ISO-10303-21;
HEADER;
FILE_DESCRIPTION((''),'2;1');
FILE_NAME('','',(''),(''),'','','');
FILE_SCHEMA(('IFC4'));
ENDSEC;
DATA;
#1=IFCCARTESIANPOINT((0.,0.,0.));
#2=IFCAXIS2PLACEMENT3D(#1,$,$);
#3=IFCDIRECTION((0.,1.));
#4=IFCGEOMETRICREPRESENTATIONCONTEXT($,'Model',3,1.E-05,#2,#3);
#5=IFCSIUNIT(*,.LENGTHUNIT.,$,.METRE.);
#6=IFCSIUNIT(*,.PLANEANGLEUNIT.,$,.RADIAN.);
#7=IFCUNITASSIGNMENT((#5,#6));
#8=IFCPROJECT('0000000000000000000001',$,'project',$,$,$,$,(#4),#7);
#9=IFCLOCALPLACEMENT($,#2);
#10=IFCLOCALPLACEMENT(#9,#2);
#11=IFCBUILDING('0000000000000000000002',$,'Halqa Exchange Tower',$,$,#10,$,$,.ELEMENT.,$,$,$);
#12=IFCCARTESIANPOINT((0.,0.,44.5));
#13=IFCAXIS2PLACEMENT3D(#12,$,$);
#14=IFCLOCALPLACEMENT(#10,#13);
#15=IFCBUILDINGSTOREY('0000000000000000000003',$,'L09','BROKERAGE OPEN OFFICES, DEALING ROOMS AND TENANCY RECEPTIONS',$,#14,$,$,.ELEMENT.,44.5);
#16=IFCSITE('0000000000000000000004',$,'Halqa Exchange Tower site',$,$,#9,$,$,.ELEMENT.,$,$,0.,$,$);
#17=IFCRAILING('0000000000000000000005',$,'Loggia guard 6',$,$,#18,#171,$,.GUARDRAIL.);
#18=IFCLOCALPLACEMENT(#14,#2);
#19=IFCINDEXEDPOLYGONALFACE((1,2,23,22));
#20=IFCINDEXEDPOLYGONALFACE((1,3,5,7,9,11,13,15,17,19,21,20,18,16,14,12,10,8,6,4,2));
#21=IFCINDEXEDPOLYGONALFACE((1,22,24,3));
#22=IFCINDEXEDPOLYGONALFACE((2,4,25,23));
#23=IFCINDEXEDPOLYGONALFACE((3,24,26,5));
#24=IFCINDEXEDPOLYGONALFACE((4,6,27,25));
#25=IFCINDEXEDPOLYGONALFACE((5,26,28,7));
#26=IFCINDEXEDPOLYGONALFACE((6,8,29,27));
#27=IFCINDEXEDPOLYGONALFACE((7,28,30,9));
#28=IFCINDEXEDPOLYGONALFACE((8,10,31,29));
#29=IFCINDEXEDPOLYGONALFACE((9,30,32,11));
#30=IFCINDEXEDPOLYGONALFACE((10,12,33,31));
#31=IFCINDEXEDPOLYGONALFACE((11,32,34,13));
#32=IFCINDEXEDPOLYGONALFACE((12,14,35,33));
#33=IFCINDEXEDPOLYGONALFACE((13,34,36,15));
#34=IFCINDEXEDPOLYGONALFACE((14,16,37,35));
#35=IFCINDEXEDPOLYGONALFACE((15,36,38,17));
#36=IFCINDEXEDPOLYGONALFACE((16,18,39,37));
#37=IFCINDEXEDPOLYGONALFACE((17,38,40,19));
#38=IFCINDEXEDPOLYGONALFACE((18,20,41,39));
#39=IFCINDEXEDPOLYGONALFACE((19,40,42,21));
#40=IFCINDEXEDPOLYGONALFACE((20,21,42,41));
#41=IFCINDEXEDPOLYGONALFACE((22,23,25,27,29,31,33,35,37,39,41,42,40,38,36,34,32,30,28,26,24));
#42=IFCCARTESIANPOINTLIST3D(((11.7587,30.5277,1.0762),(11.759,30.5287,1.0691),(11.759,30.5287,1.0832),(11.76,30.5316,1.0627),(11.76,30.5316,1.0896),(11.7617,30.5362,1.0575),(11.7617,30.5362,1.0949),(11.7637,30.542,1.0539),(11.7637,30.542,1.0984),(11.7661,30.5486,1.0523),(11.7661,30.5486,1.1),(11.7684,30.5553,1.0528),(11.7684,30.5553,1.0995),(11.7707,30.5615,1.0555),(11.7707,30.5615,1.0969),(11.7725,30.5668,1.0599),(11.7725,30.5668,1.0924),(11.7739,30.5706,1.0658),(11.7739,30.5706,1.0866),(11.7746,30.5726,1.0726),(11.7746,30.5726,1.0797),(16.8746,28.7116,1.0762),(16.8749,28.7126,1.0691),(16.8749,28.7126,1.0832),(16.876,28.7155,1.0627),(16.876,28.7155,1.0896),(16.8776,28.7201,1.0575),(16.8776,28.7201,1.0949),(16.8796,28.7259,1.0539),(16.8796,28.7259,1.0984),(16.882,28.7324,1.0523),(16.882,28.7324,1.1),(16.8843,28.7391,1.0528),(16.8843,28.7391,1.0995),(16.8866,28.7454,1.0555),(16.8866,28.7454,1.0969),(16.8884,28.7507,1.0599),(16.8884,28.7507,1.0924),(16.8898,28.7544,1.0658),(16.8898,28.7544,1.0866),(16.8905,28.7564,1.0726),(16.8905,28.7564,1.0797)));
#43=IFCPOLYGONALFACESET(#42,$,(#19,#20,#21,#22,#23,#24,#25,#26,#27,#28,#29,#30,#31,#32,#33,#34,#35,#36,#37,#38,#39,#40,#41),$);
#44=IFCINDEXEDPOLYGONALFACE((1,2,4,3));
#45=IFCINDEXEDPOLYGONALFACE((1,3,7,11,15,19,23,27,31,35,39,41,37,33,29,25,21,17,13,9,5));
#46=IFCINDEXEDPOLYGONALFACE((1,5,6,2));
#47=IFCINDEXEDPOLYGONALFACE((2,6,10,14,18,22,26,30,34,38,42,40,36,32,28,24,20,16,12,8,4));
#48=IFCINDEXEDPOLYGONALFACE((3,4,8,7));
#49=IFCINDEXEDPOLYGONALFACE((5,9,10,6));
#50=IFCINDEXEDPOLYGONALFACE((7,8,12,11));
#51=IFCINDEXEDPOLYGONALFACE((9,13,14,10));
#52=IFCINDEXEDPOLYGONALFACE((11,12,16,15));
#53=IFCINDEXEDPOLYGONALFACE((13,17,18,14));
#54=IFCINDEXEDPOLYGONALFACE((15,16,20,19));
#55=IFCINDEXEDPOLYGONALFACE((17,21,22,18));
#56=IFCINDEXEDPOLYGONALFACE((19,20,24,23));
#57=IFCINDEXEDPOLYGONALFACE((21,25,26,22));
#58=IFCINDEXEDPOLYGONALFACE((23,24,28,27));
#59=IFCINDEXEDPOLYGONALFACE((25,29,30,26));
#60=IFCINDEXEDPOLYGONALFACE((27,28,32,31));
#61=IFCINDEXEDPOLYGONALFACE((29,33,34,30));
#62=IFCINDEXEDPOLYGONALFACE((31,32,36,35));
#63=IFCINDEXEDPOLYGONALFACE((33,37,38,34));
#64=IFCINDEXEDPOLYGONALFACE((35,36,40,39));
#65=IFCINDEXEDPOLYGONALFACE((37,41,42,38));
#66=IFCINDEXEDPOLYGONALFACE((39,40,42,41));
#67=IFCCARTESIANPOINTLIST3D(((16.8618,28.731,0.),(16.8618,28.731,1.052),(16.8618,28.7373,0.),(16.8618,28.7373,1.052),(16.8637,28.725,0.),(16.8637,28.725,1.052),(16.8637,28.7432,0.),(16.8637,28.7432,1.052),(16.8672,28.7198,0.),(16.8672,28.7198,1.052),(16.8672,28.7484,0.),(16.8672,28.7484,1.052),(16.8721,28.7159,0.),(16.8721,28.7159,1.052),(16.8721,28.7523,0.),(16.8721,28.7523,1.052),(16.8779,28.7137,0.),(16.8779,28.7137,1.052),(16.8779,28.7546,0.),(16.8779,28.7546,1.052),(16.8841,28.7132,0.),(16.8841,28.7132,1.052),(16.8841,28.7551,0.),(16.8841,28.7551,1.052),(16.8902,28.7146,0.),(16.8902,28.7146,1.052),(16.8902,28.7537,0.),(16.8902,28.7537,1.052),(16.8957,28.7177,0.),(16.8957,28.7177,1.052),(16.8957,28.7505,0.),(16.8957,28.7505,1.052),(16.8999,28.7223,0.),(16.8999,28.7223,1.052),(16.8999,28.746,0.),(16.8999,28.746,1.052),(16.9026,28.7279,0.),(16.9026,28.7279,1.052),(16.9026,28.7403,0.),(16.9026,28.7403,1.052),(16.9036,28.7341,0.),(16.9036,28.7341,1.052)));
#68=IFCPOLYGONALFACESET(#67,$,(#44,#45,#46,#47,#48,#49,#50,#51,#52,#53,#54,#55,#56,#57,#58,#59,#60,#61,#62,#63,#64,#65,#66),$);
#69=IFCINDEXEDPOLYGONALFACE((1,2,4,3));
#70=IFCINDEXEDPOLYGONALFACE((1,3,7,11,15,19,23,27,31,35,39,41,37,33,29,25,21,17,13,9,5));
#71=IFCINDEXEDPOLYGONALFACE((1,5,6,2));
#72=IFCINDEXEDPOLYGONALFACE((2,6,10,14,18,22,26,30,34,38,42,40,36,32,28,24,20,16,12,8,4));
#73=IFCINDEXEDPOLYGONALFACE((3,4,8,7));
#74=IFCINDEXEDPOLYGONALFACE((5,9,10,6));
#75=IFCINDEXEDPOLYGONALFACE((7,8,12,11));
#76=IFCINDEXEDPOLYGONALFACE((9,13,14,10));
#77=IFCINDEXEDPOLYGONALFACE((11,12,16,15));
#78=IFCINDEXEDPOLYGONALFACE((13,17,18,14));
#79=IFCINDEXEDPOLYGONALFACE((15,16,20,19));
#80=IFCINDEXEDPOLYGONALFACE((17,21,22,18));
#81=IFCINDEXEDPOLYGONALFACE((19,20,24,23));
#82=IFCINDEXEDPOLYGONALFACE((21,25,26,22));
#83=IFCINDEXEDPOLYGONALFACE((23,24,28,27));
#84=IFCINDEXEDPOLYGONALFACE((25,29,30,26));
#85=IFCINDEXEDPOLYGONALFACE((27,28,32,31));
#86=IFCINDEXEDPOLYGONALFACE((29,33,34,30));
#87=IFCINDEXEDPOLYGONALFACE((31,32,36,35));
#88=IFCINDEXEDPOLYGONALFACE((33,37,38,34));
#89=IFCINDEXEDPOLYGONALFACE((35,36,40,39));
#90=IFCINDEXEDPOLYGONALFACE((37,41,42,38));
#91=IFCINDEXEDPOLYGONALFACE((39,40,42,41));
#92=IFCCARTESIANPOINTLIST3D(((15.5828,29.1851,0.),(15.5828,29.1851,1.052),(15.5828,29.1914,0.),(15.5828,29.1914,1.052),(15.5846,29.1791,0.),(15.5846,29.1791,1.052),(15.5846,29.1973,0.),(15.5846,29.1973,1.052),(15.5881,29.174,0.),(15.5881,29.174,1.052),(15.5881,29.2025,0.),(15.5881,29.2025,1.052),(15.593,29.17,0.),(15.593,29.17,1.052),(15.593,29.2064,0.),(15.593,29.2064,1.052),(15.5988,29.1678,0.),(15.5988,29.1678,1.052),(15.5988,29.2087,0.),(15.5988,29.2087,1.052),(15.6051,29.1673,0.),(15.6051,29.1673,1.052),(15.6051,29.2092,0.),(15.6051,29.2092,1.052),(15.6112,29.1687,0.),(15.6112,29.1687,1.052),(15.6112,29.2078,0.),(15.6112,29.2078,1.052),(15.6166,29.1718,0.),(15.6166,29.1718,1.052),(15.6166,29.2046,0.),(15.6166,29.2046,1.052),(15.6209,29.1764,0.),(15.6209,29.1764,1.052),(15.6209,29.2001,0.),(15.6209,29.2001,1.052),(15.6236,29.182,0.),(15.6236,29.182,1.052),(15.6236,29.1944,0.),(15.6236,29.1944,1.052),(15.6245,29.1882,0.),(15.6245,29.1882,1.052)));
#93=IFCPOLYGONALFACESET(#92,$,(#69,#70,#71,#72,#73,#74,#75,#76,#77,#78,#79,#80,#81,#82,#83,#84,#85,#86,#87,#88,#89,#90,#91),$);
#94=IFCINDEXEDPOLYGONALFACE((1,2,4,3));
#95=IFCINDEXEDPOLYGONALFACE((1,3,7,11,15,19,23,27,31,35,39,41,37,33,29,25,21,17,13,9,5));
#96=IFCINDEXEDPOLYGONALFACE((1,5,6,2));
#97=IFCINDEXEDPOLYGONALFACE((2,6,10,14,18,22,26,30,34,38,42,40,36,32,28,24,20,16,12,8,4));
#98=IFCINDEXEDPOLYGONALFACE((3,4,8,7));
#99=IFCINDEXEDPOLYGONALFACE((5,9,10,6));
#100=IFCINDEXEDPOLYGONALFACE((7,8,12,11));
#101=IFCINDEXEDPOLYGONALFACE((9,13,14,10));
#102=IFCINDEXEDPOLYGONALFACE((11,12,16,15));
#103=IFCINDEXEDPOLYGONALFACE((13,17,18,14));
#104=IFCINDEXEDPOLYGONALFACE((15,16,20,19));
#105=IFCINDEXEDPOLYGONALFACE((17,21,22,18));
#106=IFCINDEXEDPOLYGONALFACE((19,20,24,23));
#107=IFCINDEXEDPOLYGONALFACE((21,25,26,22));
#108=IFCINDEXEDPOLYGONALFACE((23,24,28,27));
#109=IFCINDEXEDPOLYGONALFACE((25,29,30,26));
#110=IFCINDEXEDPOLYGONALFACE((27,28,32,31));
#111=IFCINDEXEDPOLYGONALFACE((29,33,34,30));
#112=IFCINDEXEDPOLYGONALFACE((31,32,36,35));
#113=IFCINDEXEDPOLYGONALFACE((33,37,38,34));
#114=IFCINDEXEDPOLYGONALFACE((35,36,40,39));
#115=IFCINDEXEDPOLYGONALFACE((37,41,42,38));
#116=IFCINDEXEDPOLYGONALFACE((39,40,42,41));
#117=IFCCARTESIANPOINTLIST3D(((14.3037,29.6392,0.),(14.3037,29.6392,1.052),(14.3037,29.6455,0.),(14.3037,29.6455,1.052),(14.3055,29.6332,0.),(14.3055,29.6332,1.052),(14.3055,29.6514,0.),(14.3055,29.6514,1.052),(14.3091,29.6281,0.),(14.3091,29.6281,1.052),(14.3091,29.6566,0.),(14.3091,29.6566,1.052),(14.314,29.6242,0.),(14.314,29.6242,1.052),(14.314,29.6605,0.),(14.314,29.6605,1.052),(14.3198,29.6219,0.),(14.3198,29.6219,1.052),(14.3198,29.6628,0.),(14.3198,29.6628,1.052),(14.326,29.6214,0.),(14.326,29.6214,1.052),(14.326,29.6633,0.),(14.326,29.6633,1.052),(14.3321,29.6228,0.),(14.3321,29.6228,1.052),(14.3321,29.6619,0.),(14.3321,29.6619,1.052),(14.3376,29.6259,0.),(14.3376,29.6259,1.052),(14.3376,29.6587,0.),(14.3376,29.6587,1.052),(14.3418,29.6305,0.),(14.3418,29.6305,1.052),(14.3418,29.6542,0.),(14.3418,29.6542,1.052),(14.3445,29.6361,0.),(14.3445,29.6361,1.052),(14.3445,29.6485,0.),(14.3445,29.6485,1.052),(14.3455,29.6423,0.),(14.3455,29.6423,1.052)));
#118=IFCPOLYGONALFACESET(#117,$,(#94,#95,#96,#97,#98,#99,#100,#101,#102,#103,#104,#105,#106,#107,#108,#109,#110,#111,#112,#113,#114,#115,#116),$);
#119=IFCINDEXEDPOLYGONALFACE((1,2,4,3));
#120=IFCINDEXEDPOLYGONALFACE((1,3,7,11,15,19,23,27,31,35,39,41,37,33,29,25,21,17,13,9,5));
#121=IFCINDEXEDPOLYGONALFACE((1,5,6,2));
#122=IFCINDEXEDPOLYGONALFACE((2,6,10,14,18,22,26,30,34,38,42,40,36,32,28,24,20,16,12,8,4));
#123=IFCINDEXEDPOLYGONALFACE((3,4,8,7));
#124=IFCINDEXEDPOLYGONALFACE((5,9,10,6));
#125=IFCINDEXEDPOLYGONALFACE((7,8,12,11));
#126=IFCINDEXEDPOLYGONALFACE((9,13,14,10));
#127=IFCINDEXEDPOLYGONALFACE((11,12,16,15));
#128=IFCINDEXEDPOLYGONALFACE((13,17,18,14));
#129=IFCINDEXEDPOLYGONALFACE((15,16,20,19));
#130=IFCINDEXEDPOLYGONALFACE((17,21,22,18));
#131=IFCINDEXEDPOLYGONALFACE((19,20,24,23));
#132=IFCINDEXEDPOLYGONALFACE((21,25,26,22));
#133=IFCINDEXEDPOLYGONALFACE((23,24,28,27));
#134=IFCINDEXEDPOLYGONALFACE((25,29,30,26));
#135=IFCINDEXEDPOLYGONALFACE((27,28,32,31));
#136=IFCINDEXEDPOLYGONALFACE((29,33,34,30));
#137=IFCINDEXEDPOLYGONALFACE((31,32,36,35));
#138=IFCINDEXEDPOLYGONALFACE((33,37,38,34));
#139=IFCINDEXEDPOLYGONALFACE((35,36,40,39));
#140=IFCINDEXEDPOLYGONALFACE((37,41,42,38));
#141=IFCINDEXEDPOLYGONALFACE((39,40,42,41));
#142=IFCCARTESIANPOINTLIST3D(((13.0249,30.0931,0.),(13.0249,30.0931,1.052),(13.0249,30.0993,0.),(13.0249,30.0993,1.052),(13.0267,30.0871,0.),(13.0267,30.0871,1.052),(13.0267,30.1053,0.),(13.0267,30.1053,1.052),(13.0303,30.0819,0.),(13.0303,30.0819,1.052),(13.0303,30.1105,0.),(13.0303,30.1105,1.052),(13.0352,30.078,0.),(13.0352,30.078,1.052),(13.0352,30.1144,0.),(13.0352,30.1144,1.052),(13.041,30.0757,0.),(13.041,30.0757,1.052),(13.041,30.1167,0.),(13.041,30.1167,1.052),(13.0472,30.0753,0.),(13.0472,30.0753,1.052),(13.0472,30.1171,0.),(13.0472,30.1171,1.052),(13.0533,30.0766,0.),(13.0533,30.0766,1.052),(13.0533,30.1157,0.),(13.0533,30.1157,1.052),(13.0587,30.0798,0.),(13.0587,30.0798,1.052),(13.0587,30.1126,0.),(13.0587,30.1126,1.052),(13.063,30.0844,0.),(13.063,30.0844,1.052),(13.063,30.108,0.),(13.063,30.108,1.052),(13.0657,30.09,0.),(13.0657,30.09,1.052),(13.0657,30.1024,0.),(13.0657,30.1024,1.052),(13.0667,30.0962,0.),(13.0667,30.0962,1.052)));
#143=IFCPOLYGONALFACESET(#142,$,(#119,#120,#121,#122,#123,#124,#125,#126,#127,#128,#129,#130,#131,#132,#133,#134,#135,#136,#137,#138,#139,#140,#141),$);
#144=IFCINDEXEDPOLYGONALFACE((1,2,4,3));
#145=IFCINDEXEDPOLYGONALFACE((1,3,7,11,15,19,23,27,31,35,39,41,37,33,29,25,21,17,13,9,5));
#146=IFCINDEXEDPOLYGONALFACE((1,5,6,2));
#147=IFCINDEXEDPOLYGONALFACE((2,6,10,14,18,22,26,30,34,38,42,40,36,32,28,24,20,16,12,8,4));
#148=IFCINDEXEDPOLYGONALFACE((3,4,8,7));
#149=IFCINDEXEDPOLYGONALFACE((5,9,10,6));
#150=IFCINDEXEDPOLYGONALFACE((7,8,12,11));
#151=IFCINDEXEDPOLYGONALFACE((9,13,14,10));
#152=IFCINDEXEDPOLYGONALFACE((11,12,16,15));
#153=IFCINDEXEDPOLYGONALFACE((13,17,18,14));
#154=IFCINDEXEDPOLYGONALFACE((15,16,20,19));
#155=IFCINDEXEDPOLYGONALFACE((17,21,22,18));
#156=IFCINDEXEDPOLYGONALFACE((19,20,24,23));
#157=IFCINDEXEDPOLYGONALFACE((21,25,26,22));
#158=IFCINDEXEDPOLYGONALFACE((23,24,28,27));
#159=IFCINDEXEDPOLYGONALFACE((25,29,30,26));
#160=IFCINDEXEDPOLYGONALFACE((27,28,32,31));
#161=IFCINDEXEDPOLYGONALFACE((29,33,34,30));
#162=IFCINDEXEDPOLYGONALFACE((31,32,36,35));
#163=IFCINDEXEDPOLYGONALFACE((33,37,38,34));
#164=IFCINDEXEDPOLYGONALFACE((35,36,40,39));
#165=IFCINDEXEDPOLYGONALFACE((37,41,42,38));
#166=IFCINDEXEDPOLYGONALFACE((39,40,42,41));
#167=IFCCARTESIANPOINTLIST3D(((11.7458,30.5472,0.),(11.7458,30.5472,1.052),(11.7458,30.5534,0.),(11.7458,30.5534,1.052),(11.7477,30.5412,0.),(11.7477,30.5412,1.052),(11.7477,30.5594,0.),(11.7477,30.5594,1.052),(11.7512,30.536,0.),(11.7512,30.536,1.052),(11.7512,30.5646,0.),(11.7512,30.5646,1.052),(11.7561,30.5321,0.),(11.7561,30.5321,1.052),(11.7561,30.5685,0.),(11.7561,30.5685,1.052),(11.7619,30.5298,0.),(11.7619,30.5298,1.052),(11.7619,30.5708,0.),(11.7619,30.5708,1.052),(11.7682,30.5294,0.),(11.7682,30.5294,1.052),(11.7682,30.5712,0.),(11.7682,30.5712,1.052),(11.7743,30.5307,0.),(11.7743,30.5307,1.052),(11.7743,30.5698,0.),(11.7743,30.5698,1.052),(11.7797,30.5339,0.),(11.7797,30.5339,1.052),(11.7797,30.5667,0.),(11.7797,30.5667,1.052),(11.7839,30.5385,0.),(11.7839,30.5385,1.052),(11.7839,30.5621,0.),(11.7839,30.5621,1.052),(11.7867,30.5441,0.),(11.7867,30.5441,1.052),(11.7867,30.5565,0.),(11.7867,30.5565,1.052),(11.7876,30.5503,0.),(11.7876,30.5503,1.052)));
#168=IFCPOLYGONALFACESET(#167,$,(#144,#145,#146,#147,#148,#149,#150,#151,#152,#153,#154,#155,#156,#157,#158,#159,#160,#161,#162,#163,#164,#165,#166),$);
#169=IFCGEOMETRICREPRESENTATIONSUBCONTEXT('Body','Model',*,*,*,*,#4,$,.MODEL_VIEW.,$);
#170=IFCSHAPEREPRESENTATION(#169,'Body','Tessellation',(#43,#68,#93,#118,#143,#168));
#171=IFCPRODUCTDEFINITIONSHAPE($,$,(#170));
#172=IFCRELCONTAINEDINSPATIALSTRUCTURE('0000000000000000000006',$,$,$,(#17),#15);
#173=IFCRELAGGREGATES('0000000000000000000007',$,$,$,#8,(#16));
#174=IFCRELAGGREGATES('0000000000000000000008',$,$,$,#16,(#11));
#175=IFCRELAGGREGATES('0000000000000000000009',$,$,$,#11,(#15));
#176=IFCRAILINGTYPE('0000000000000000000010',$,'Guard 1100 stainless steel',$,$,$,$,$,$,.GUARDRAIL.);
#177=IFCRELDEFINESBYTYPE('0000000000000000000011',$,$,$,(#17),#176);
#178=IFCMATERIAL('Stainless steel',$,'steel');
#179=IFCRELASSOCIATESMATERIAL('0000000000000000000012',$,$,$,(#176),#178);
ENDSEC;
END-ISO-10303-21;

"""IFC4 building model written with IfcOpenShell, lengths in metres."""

from ifc_helpers import new_model, si_unit, direction, frame, origin, origin_2d, place, context, subcontext, project, spatial, circle, extrude, material, type_object, element, save


model = new_model("IFC4")

# Units and contexts
model_context = context("Model", 3, precision=1e-05, world=origin(), true_north=direction((0.0, 1.0)))
body_context = subcontext(model_context, "Body", "Model", "MODEL_VIEW")
ifc_project = project(units=[si_unit("LENGTHUNIT", "METRE"), si_unit("PLANEANGLEUNIT", "RADIAN")], contexts=[model_context])

# Site, building, storey
site_placement = place(None, origin())
site = spatial("IfcSite", under=ifc_project, at=site_placement, Name="Halqa Exchange Tower site", CompositionType="ELEMENT", RefElevation=0.0)
building_placement = place(site_placement, origin())
building = spatial("IfcBuilding", under=site, at=building_placement, Name="Halqa Exchange Tower", CompositionType="ELEMENT")
storey_placement = place(building_placement, frame((0.0, 0.0, 44.5)))
storey = spatial("IfcBuildingStorey", under=building, at=storey_placement, Name="L09", Description="BROKERAGE OPEN OFFICES, DEALING ROOMS AND TENANCY RECEPTIONS", CompositionType="ELEMENT", Elevation=44.5)

# Railing
ifc_material_1 = material(Name="Stainless steel", Category="steel")
railing_type = type_object("IfcRailingType", Name="Guard 1100 stainless steel", PredefinedType="GUARDRAIL", material=ifc_material_1)
railing_1_placement = place(storey_placement, frame((16.8826, 28.7341, 0.0)))
element("IfcRailing", 1, at=railing_1_placement, inside=storey, type_object=railing_type, Name="Loggia guard 6", PredefinedType="GUARDRAIL", context=body_context, shape_type="SweptSolid", body=[
    extrude(circle(Radius=0.0239, at=origin_2d()), frame((0.0, 0.0, 1.0762), z_axis=(-0.94238, 0.334544, 0.0), x_axis=(-0.334544, -0.94238, 0.0)), (0.0, 0.0, 1.0), 5.4287),
    extrude(circle(Radius=0.021, at=origin_2d()), origin(), (0.0, 0.0, 1.0), 1.052),
    extrude(circle(Radius=0.021, at=origin_2d()), frame((-1.2791, 0.4541, 0.0)), (0.0, 0.0, 1.0), 1.052),
    extrude(circle(Radius=0.021, at=origin_2d()), frame((-2.5581, 0.9082, 0.0)), (0.0, 0.0, 1.0), 1.052),
    extrude(circle(Radius=0.021, at=origin_2d()), frame((-3.8369, 1.3621, 0.0)), (0.0, 0.0, 1.0), 1.052),
    extrude(circle(Radius=0.021, at=origin_2d()), frame((-5.116, 1.8162, 0.0)), (0.0, 0.0, 1.0), 1.052),
])

save(model, "model.ifc")
